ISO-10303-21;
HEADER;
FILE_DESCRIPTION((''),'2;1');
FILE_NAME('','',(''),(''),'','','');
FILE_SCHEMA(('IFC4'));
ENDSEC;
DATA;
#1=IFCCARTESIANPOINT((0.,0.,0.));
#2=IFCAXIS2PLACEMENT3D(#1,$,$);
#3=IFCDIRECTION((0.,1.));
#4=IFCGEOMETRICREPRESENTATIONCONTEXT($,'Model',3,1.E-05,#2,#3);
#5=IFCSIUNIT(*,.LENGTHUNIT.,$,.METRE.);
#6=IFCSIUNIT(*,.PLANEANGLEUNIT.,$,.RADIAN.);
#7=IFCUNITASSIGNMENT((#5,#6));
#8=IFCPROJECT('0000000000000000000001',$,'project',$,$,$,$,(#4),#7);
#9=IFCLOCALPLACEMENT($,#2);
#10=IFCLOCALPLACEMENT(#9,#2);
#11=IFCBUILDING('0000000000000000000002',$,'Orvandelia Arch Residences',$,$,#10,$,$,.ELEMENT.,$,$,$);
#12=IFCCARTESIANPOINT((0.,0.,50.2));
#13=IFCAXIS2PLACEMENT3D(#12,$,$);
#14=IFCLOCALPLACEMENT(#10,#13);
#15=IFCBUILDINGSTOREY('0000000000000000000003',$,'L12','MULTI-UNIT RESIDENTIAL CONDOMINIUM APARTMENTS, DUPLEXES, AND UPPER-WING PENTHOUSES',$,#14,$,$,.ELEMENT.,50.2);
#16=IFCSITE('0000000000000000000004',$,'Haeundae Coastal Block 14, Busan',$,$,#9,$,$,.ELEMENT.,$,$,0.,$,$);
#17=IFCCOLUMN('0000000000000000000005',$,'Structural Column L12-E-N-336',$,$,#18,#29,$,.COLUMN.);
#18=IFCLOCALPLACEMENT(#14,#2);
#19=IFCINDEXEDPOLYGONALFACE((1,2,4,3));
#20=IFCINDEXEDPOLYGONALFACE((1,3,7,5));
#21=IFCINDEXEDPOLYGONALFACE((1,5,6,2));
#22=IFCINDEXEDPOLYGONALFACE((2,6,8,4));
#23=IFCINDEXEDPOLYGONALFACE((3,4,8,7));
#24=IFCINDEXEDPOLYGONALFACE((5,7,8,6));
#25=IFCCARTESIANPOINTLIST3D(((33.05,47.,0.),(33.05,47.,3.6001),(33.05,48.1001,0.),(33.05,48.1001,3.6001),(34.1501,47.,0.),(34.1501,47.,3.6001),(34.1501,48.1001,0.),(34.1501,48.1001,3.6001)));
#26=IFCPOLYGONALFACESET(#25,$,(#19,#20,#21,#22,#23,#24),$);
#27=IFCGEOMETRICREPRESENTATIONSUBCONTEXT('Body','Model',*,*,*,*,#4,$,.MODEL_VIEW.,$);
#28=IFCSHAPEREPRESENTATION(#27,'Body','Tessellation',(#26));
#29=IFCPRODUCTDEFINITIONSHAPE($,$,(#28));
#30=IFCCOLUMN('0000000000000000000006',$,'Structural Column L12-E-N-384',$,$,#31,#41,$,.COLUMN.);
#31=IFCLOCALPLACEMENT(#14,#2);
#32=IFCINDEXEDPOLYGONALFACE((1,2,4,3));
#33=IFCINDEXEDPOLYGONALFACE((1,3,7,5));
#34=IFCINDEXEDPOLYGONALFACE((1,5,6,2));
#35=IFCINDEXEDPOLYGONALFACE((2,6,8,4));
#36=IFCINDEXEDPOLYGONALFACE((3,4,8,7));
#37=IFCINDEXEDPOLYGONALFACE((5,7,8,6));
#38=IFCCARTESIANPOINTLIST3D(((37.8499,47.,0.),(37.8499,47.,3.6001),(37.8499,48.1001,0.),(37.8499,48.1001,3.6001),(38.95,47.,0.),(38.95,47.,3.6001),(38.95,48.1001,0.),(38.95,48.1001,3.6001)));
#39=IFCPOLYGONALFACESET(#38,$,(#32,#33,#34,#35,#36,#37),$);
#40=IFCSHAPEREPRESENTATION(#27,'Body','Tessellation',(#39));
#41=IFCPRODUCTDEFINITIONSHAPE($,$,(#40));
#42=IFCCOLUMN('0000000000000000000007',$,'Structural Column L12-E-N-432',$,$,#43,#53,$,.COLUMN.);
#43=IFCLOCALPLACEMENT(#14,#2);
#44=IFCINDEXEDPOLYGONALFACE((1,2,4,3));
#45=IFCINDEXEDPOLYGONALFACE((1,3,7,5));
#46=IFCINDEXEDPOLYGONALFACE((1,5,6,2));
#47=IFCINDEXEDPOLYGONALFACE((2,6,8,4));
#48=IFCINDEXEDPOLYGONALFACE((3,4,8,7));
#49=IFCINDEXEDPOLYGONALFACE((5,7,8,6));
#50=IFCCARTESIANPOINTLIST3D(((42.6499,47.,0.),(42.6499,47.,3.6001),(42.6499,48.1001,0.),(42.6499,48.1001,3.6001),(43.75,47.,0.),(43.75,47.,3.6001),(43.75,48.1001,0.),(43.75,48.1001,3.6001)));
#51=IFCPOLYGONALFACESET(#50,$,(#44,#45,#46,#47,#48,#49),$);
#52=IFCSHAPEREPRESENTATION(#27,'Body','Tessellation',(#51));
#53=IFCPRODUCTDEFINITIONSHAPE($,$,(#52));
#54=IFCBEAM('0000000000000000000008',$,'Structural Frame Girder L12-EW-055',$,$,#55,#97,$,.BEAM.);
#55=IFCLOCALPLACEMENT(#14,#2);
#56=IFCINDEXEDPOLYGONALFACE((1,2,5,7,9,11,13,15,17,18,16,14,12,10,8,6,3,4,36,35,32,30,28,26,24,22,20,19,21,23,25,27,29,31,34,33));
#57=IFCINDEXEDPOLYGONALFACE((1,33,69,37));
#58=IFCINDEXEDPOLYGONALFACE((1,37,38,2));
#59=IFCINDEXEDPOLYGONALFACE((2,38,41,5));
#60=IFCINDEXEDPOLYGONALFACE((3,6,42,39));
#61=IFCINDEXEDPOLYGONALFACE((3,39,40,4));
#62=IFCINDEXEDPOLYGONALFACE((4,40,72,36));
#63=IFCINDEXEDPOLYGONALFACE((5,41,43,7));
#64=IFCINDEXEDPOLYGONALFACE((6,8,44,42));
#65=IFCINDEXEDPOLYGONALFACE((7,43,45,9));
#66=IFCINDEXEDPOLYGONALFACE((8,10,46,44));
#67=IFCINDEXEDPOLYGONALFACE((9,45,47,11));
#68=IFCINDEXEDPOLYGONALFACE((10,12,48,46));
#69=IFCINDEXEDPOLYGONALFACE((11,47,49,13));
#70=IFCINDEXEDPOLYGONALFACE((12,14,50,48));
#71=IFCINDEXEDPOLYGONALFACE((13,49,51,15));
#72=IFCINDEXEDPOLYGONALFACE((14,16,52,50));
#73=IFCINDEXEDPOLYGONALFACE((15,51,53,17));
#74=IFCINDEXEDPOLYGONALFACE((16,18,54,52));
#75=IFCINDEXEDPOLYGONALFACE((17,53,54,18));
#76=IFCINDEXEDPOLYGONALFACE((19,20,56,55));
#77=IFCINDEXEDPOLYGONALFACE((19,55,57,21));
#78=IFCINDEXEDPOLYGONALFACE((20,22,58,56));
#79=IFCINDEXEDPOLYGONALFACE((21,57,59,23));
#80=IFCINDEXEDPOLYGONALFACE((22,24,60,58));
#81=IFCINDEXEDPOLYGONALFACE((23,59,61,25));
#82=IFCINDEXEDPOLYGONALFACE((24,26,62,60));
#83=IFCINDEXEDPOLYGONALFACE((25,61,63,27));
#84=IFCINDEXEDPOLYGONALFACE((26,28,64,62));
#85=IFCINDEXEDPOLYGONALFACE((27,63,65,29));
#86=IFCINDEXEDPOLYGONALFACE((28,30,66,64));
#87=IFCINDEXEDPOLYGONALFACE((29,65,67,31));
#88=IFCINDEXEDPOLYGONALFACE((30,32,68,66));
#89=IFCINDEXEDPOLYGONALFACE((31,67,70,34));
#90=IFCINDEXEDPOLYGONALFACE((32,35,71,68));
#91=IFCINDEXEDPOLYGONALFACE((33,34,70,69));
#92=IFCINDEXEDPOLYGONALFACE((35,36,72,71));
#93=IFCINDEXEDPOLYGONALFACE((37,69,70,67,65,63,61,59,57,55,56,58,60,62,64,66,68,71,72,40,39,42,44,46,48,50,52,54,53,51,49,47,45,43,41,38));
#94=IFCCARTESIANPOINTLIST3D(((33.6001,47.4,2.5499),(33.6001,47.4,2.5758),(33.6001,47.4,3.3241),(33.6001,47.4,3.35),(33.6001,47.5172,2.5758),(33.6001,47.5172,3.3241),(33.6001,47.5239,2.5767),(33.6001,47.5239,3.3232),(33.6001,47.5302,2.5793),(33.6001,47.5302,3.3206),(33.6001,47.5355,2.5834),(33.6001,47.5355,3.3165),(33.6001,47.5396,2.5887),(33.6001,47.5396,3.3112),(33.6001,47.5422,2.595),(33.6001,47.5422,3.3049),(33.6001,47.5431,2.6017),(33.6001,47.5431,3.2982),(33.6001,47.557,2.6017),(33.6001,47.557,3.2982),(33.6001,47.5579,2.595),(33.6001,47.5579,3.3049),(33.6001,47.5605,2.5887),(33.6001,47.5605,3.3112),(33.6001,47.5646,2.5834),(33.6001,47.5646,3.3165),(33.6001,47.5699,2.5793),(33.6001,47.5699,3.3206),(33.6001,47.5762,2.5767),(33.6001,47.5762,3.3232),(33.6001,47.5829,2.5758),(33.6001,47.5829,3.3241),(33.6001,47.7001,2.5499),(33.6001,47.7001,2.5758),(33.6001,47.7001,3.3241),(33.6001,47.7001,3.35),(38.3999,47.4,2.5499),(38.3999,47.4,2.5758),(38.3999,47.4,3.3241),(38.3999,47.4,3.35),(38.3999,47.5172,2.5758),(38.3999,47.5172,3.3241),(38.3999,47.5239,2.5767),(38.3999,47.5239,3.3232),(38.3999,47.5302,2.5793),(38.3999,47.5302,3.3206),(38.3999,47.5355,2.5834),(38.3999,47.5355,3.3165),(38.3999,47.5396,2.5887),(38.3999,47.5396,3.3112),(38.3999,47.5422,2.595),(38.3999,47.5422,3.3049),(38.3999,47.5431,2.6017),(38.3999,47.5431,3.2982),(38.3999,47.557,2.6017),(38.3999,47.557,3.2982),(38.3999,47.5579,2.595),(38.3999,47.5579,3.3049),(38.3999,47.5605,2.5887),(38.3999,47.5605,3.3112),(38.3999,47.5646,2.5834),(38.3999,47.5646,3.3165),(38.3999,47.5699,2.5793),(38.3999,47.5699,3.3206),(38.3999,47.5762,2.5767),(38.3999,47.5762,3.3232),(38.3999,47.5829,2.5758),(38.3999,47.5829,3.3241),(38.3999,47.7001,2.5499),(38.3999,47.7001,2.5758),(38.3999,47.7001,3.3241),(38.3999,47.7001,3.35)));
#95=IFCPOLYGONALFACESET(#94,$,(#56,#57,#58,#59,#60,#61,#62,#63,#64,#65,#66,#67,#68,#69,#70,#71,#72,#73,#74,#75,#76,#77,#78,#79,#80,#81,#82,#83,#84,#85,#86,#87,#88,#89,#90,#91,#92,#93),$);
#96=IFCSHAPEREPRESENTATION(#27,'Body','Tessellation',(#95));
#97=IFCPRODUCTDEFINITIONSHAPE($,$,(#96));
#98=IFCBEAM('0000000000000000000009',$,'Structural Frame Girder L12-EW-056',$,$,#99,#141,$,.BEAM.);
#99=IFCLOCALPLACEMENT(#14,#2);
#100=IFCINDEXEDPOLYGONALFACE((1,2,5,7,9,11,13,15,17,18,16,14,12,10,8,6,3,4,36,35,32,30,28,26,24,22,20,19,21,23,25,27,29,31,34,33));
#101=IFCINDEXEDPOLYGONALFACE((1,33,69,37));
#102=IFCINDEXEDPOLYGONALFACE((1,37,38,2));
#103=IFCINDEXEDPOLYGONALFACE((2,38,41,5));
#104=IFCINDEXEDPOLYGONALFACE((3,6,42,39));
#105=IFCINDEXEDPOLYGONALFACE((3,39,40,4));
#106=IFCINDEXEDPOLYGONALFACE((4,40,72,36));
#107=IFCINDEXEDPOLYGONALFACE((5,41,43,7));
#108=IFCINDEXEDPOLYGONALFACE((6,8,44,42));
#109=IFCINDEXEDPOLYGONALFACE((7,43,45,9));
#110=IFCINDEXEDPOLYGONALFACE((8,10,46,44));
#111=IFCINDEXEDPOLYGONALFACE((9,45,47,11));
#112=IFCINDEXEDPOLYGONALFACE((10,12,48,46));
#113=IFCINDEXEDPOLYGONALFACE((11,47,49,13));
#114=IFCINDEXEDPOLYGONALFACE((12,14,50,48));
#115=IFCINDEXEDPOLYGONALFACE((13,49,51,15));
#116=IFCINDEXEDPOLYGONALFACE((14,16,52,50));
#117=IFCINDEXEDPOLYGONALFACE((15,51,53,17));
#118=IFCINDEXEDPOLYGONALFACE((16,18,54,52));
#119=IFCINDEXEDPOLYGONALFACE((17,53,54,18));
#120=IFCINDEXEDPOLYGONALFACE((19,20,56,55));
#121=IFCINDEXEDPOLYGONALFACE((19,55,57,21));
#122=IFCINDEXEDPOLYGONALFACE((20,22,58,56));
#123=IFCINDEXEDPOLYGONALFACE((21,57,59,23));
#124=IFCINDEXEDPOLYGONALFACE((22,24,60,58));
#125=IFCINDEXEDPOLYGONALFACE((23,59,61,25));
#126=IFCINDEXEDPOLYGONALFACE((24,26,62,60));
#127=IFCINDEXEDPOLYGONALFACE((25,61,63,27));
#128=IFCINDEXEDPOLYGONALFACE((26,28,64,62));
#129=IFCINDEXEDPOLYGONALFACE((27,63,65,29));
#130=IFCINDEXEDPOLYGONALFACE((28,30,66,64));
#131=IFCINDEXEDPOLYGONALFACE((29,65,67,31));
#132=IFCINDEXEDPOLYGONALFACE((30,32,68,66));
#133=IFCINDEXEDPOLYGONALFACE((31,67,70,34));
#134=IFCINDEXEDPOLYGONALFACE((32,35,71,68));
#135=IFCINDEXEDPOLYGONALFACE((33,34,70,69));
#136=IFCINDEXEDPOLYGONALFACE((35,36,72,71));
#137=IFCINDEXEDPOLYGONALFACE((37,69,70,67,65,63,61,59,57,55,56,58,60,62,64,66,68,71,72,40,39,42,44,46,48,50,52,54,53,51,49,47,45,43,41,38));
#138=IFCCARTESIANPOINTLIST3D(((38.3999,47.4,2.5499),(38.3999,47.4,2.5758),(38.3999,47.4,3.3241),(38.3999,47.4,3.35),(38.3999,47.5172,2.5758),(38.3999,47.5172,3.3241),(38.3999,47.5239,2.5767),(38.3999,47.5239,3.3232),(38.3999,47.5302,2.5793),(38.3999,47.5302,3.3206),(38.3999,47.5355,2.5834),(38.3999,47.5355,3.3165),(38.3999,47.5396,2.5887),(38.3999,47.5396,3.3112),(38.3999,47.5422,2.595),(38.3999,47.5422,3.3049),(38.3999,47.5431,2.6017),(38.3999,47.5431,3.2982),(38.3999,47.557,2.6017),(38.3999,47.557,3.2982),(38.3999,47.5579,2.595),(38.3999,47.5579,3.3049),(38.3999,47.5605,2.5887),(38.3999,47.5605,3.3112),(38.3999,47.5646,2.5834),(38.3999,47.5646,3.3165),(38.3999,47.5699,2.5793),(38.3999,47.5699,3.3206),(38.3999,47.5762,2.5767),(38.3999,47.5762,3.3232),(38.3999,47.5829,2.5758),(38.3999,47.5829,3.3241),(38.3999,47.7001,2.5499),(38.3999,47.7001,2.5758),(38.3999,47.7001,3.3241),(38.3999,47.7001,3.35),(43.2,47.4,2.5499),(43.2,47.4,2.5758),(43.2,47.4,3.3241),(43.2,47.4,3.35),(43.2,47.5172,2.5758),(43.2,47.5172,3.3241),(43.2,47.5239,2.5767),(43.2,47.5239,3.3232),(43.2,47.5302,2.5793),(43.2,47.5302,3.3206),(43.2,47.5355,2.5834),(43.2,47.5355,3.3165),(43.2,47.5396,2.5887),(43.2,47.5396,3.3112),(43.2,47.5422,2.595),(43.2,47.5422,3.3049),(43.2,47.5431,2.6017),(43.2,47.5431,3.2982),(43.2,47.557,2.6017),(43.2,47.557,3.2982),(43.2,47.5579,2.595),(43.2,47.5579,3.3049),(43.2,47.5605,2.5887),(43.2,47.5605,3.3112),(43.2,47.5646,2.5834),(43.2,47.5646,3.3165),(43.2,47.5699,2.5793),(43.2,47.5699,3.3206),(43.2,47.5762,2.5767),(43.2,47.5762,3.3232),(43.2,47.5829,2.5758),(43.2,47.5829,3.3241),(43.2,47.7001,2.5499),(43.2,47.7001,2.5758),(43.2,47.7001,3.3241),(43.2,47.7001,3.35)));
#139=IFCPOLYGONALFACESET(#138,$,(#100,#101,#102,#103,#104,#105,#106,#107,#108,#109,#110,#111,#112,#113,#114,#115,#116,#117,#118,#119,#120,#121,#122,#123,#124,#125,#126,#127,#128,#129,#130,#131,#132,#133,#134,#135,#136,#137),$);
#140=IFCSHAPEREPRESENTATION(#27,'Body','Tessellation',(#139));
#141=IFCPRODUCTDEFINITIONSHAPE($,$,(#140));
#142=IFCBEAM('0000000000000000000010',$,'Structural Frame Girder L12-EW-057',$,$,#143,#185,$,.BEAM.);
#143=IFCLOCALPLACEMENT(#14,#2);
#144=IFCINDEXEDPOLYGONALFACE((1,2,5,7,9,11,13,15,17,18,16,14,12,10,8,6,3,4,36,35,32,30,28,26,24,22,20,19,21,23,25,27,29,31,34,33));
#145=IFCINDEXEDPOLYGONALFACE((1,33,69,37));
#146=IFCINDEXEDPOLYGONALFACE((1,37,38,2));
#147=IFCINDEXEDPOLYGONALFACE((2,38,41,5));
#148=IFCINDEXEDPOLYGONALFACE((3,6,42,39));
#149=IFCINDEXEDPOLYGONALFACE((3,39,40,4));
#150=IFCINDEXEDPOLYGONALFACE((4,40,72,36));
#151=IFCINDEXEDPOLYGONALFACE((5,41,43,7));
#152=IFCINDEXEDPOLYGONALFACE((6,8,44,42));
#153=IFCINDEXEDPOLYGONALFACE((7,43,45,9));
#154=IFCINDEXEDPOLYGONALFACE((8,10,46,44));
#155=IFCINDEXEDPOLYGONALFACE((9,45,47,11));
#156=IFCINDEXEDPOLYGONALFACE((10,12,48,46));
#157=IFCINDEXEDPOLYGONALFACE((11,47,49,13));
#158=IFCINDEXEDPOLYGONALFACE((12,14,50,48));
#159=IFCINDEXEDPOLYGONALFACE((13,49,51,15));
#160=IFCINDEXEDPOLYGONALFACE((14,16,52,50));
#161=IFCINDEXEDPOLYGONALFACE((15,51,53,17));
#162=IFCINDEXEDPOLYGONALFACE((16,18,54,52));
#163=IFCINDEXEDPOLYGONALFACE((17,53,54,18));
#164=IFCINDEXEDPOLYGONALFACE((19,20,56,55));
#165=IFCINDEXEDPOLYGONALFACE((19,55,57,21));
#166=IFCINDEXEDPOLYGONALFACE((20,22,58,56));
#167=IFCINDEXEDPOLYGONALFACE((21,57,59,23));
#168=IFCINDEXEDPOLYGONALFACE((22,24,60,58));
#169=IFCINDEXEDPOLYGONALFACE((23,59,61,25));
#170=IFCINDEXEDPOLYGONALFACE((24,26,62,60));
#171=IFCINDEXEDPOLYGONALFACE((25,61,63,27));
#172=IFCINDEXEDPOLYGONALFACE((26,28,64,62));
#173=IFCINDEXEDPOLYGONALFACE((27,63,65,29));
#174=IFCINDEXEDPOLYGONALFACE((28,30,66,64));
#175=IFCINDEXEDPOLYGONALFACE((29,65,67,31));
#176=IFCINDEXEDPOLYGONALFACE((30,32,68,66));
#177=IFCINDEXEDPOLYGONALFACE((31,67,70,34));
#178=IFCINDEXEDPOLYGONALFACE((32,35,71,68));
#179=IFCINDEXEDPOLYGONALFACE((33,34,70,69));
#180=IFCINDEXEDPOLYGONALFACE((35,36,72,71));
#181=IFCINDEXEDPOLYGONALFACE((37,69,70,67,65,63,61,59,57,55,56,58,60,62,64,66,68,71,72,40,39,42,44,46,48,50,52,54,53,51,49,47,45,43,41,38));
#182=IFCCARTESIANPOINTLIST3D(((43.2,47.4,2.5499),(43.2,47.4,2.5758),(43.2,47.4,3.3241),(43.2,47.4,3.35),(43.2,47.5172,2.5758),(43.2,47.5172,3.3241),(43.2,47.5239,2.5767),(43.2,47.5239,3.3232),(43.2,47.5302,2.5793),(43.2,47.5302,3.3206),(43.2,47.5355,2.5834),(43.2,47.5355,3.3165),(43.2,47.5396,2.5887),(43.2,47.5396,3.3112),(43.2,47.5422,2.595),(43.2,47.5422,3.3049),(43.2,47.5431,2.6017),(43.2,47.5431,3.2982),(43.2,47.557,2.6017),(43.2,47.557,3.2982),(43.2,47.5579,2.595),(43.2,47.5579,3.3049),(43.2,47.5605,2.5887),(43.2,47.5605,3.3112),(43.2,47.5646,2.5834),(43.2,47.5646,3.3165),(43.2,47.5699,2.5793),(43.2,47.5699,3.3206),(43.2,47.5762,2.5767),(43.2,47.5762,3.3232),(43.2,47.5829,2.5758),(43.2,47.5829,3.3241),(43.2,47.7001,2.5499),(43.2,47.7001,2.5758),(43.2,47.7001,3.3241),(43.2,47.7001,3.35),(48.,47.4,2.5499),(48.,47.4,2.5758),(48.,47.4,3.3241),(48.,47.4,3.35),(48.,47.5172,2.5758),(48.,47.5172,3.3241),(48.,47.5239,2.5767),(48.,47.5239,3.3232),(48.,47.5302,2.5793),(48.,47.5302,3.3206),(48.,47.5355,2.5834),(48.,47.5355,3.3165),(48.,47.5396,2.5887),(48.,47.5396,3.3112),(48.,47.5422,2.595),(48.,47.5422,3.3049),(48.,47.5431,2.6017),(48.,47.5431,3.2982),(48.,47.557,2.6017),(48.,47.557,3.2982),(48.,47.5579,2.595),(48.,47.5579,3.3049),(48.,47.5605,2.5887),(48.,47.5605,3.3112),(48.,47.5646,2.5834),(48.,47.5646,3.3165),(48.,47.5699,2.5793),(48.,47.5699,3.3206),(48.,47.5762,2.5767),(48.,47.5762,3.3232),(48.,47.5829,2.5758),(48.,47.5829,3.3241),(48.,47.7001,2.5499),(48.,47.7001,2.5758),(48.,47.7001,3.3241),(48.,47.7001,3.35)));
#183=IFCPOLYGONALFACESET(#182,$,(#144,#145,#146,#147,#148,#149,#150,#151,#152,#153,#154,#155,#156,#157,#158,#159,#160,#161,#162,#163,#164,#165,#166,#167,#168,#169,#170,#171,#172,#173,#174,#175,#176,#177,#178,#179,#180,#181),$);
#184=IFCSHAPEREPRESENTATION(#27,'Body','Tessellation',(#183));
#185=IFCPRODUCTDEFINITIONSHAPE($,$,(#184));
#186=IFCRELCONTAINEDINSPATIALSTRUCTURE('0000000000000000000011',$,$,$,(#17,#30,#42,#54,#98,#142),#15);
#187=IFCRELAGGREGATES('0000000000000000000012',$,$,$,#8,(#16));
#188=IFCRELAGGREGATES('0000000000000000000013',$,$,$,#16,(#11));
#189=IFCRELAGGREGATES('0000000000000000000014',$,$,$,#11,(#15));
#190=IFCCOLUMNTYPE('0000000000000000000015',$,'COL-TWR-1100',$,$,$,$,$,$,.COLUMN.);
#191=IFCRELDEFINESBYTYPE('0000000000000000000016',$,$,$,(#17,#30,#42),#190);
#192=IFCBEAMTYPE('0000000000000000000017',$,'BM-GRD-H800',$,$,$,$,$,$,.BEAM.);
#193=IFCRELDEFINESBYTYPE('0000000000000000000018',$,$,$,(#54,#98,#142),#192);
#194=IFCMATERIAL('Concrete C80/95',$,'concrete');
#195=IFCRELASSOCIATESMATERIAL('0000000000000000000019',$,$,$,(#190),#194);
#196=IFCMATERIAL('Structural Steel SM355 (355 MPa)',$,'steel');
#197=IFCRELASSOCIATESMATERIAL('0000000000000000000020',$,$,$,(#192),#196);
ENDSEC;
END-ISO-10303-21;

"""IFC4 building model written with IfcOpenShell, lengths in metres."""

from ifc_helpers import new_model, si_unit, direction, frame, origin, origin_2d, place, context, subcontext, project, spatial, rectangle, i_section, extrude, material, material_profile, profile_set, type_object, element, save


model = new_model("IFC4")

# Units and contexts
model_context = context("Model", 3, precision=1e-05, world=origin(), true_north=direction((0.0, 1.0)))
body_context = subcontext(model_context, "Body", "Model", "MODEL_VIEW")
ifc_project = project(units=[si_unit("LENGTHUNIT", "METRE"), si_unit("PLANEANGLEUNIT", "RADIAN")], contexts=[model_context])

# Site, building, storey
site_placement = place(None, origin())
site = spatial("IfcSite", under=ifc_project, at=site_placement, Name="Haeundae Coastal Block 14, Busan", CompositionType="ELEMENT", RefElevation=0.0)
building_placement = place(site_placement, origin())
building = spatial("IfcBuilding", under=site, at=building_placement, Name="Orvandelia Arch Residences", CompositionType="ELEMENT")
storey_placement = place(building_placement, frame((0.0, 0.0, 50.2)))
storey = spatial("IfcBuildingStorey", under=building, at=storey_placement, Name="L12", Description="MULTI-UNIT RESIDENTIAL CONDOMINIUM APARTMENTS, DUPLEXES, AND UPPER-WING PENTHOUSES", CompositionType="ELEMENT", Elevation=50.2)

# Columns
ifc_material_1 = material(Name="Concrete C80/95", Category="concrete")
ifc_material_profile_1 = material_profile(ifc_material_1, rectangle(XDim=1.1001, YDim=1.1001, at=origin_2d()), Name="Concrete C80/95", Category="concrete")
ifc_profile_set_1 = profile_set([ifc_material_profile_1], Name="Concrete C80/95")
column_type = type_object("IfcColumnType", Name="COL-TWR-1100", PredefinedType="COLUMN", material=ifc_profile_set_1)
for number, where, z_axis, x_axis, name in (
    (1, (33.6001, 47.55, 0.0), (0.0, 0.0, 1.0), (1.0, 0.0, 0.0), "Structural Column L12-E-N-336"),
    (2, (38.3999, 47.55, 0.0), (0.0, 0.0, 1.0), (1.0, 0.0, 0.0), "Structural Column L12-E-N-384"),
    (3, (43.2, 47.55, 0.0), (0.0, 0.0, 1.0), (1.0, 0.0, 0.0), "Structural Column L12-E-N-432"),
):
    element("IfcColumn", number, at=place(storey_placement, frame(where, z_axis=z_axis, x_axis=x_axis)), inside=storey, type_object=column_type, Name=name, PredefinedType="COLUMN", context=body_context, shape_type="SweptSolid", body=[
        extrude(rectangle(XDim=1.1001, YDim=1.1001, at=origin_2d()), origin(), (0.0, 0.0, 1.0), 3.6001),
    ])

# Beams
ifc_material_2 = material(Name="Structural Steel SM355 (355 MPa)", Category="steel")
ifc_material_profile_2 = material_profile(ifc_material_2, i_section(OverallWidth=0.3, OverallDepth=0.8, WebThickness=0.0139, FlangeThickness=0.0259, FilletRadius=0.0259, at=origin_2d()), Name="Structural Steel SM355 (355 MPa)", Category="steel")
ifc_profile_set_2 = profile_set([ifc_material_profile_2], Name="Structural Steel SM355 (355 MPa)")
beam_type = type_object("IfcBeamType", Name="BM-GRD-H800", PredefinedType="BEAM", material=ifc_profile_set_2)
beam_placement = place(storey_placement, frame((33.6001, 47.55, 2.95), z_axis=(1.0, 0.0, 0.0), x_axis=(0.0, 1.0, 0.0)))
element("IfcBeam", 4, at=beam_placement, inside=storey, type_object=beam_type, Name="Structural Frame Girder L12-EW-055", PredefinedType="BEAM", context=body_context, shape_type="SweptSolid", body=[
    extrude(i_section(OverallWidth=0.3, OverallDepth=0.8, WebThickness=0.0139, FlangeThickness=0.0259, FilletRadius=0.0259, at=origin_2d()), origin(), (0.0, 0.0, 1.0), 4.7998),
])
for number, where, z_axis, x_axis, name in (
    (5, (38.3999, 47.55, 2.95), (1.0, 0.0, 0.0), (0.0, 1.0, 0.0), "Structural Frame Girder L12-EW-056"),
    (6, (43.2, 47.55, 2.95), (1.0, 0.0, 0.0), (0.0, 1.0, 0.0), "Structural Frame Girder L12-EW-057"),
):
    element("IfcBeam", number, at=place(storey_placement, frame(where, z_axis=z_axis, x_axis=x_axis)), inside=storey, type_object=beam_type, Name=name, PredefinedType="BEAM", context=body_context, shape_type="SweptSolid", body=[
        extrude(i_section(OverallWidth=0.3, OverallDepth=0.8, WebThickness=0.0139, FlangeThickness=0.0259, FilletRadius=0.0259, at=origin_2d()), origin(), (0.0, 0.0, 1.0), 4.8),
    ])

save(model, "model.ifc")
